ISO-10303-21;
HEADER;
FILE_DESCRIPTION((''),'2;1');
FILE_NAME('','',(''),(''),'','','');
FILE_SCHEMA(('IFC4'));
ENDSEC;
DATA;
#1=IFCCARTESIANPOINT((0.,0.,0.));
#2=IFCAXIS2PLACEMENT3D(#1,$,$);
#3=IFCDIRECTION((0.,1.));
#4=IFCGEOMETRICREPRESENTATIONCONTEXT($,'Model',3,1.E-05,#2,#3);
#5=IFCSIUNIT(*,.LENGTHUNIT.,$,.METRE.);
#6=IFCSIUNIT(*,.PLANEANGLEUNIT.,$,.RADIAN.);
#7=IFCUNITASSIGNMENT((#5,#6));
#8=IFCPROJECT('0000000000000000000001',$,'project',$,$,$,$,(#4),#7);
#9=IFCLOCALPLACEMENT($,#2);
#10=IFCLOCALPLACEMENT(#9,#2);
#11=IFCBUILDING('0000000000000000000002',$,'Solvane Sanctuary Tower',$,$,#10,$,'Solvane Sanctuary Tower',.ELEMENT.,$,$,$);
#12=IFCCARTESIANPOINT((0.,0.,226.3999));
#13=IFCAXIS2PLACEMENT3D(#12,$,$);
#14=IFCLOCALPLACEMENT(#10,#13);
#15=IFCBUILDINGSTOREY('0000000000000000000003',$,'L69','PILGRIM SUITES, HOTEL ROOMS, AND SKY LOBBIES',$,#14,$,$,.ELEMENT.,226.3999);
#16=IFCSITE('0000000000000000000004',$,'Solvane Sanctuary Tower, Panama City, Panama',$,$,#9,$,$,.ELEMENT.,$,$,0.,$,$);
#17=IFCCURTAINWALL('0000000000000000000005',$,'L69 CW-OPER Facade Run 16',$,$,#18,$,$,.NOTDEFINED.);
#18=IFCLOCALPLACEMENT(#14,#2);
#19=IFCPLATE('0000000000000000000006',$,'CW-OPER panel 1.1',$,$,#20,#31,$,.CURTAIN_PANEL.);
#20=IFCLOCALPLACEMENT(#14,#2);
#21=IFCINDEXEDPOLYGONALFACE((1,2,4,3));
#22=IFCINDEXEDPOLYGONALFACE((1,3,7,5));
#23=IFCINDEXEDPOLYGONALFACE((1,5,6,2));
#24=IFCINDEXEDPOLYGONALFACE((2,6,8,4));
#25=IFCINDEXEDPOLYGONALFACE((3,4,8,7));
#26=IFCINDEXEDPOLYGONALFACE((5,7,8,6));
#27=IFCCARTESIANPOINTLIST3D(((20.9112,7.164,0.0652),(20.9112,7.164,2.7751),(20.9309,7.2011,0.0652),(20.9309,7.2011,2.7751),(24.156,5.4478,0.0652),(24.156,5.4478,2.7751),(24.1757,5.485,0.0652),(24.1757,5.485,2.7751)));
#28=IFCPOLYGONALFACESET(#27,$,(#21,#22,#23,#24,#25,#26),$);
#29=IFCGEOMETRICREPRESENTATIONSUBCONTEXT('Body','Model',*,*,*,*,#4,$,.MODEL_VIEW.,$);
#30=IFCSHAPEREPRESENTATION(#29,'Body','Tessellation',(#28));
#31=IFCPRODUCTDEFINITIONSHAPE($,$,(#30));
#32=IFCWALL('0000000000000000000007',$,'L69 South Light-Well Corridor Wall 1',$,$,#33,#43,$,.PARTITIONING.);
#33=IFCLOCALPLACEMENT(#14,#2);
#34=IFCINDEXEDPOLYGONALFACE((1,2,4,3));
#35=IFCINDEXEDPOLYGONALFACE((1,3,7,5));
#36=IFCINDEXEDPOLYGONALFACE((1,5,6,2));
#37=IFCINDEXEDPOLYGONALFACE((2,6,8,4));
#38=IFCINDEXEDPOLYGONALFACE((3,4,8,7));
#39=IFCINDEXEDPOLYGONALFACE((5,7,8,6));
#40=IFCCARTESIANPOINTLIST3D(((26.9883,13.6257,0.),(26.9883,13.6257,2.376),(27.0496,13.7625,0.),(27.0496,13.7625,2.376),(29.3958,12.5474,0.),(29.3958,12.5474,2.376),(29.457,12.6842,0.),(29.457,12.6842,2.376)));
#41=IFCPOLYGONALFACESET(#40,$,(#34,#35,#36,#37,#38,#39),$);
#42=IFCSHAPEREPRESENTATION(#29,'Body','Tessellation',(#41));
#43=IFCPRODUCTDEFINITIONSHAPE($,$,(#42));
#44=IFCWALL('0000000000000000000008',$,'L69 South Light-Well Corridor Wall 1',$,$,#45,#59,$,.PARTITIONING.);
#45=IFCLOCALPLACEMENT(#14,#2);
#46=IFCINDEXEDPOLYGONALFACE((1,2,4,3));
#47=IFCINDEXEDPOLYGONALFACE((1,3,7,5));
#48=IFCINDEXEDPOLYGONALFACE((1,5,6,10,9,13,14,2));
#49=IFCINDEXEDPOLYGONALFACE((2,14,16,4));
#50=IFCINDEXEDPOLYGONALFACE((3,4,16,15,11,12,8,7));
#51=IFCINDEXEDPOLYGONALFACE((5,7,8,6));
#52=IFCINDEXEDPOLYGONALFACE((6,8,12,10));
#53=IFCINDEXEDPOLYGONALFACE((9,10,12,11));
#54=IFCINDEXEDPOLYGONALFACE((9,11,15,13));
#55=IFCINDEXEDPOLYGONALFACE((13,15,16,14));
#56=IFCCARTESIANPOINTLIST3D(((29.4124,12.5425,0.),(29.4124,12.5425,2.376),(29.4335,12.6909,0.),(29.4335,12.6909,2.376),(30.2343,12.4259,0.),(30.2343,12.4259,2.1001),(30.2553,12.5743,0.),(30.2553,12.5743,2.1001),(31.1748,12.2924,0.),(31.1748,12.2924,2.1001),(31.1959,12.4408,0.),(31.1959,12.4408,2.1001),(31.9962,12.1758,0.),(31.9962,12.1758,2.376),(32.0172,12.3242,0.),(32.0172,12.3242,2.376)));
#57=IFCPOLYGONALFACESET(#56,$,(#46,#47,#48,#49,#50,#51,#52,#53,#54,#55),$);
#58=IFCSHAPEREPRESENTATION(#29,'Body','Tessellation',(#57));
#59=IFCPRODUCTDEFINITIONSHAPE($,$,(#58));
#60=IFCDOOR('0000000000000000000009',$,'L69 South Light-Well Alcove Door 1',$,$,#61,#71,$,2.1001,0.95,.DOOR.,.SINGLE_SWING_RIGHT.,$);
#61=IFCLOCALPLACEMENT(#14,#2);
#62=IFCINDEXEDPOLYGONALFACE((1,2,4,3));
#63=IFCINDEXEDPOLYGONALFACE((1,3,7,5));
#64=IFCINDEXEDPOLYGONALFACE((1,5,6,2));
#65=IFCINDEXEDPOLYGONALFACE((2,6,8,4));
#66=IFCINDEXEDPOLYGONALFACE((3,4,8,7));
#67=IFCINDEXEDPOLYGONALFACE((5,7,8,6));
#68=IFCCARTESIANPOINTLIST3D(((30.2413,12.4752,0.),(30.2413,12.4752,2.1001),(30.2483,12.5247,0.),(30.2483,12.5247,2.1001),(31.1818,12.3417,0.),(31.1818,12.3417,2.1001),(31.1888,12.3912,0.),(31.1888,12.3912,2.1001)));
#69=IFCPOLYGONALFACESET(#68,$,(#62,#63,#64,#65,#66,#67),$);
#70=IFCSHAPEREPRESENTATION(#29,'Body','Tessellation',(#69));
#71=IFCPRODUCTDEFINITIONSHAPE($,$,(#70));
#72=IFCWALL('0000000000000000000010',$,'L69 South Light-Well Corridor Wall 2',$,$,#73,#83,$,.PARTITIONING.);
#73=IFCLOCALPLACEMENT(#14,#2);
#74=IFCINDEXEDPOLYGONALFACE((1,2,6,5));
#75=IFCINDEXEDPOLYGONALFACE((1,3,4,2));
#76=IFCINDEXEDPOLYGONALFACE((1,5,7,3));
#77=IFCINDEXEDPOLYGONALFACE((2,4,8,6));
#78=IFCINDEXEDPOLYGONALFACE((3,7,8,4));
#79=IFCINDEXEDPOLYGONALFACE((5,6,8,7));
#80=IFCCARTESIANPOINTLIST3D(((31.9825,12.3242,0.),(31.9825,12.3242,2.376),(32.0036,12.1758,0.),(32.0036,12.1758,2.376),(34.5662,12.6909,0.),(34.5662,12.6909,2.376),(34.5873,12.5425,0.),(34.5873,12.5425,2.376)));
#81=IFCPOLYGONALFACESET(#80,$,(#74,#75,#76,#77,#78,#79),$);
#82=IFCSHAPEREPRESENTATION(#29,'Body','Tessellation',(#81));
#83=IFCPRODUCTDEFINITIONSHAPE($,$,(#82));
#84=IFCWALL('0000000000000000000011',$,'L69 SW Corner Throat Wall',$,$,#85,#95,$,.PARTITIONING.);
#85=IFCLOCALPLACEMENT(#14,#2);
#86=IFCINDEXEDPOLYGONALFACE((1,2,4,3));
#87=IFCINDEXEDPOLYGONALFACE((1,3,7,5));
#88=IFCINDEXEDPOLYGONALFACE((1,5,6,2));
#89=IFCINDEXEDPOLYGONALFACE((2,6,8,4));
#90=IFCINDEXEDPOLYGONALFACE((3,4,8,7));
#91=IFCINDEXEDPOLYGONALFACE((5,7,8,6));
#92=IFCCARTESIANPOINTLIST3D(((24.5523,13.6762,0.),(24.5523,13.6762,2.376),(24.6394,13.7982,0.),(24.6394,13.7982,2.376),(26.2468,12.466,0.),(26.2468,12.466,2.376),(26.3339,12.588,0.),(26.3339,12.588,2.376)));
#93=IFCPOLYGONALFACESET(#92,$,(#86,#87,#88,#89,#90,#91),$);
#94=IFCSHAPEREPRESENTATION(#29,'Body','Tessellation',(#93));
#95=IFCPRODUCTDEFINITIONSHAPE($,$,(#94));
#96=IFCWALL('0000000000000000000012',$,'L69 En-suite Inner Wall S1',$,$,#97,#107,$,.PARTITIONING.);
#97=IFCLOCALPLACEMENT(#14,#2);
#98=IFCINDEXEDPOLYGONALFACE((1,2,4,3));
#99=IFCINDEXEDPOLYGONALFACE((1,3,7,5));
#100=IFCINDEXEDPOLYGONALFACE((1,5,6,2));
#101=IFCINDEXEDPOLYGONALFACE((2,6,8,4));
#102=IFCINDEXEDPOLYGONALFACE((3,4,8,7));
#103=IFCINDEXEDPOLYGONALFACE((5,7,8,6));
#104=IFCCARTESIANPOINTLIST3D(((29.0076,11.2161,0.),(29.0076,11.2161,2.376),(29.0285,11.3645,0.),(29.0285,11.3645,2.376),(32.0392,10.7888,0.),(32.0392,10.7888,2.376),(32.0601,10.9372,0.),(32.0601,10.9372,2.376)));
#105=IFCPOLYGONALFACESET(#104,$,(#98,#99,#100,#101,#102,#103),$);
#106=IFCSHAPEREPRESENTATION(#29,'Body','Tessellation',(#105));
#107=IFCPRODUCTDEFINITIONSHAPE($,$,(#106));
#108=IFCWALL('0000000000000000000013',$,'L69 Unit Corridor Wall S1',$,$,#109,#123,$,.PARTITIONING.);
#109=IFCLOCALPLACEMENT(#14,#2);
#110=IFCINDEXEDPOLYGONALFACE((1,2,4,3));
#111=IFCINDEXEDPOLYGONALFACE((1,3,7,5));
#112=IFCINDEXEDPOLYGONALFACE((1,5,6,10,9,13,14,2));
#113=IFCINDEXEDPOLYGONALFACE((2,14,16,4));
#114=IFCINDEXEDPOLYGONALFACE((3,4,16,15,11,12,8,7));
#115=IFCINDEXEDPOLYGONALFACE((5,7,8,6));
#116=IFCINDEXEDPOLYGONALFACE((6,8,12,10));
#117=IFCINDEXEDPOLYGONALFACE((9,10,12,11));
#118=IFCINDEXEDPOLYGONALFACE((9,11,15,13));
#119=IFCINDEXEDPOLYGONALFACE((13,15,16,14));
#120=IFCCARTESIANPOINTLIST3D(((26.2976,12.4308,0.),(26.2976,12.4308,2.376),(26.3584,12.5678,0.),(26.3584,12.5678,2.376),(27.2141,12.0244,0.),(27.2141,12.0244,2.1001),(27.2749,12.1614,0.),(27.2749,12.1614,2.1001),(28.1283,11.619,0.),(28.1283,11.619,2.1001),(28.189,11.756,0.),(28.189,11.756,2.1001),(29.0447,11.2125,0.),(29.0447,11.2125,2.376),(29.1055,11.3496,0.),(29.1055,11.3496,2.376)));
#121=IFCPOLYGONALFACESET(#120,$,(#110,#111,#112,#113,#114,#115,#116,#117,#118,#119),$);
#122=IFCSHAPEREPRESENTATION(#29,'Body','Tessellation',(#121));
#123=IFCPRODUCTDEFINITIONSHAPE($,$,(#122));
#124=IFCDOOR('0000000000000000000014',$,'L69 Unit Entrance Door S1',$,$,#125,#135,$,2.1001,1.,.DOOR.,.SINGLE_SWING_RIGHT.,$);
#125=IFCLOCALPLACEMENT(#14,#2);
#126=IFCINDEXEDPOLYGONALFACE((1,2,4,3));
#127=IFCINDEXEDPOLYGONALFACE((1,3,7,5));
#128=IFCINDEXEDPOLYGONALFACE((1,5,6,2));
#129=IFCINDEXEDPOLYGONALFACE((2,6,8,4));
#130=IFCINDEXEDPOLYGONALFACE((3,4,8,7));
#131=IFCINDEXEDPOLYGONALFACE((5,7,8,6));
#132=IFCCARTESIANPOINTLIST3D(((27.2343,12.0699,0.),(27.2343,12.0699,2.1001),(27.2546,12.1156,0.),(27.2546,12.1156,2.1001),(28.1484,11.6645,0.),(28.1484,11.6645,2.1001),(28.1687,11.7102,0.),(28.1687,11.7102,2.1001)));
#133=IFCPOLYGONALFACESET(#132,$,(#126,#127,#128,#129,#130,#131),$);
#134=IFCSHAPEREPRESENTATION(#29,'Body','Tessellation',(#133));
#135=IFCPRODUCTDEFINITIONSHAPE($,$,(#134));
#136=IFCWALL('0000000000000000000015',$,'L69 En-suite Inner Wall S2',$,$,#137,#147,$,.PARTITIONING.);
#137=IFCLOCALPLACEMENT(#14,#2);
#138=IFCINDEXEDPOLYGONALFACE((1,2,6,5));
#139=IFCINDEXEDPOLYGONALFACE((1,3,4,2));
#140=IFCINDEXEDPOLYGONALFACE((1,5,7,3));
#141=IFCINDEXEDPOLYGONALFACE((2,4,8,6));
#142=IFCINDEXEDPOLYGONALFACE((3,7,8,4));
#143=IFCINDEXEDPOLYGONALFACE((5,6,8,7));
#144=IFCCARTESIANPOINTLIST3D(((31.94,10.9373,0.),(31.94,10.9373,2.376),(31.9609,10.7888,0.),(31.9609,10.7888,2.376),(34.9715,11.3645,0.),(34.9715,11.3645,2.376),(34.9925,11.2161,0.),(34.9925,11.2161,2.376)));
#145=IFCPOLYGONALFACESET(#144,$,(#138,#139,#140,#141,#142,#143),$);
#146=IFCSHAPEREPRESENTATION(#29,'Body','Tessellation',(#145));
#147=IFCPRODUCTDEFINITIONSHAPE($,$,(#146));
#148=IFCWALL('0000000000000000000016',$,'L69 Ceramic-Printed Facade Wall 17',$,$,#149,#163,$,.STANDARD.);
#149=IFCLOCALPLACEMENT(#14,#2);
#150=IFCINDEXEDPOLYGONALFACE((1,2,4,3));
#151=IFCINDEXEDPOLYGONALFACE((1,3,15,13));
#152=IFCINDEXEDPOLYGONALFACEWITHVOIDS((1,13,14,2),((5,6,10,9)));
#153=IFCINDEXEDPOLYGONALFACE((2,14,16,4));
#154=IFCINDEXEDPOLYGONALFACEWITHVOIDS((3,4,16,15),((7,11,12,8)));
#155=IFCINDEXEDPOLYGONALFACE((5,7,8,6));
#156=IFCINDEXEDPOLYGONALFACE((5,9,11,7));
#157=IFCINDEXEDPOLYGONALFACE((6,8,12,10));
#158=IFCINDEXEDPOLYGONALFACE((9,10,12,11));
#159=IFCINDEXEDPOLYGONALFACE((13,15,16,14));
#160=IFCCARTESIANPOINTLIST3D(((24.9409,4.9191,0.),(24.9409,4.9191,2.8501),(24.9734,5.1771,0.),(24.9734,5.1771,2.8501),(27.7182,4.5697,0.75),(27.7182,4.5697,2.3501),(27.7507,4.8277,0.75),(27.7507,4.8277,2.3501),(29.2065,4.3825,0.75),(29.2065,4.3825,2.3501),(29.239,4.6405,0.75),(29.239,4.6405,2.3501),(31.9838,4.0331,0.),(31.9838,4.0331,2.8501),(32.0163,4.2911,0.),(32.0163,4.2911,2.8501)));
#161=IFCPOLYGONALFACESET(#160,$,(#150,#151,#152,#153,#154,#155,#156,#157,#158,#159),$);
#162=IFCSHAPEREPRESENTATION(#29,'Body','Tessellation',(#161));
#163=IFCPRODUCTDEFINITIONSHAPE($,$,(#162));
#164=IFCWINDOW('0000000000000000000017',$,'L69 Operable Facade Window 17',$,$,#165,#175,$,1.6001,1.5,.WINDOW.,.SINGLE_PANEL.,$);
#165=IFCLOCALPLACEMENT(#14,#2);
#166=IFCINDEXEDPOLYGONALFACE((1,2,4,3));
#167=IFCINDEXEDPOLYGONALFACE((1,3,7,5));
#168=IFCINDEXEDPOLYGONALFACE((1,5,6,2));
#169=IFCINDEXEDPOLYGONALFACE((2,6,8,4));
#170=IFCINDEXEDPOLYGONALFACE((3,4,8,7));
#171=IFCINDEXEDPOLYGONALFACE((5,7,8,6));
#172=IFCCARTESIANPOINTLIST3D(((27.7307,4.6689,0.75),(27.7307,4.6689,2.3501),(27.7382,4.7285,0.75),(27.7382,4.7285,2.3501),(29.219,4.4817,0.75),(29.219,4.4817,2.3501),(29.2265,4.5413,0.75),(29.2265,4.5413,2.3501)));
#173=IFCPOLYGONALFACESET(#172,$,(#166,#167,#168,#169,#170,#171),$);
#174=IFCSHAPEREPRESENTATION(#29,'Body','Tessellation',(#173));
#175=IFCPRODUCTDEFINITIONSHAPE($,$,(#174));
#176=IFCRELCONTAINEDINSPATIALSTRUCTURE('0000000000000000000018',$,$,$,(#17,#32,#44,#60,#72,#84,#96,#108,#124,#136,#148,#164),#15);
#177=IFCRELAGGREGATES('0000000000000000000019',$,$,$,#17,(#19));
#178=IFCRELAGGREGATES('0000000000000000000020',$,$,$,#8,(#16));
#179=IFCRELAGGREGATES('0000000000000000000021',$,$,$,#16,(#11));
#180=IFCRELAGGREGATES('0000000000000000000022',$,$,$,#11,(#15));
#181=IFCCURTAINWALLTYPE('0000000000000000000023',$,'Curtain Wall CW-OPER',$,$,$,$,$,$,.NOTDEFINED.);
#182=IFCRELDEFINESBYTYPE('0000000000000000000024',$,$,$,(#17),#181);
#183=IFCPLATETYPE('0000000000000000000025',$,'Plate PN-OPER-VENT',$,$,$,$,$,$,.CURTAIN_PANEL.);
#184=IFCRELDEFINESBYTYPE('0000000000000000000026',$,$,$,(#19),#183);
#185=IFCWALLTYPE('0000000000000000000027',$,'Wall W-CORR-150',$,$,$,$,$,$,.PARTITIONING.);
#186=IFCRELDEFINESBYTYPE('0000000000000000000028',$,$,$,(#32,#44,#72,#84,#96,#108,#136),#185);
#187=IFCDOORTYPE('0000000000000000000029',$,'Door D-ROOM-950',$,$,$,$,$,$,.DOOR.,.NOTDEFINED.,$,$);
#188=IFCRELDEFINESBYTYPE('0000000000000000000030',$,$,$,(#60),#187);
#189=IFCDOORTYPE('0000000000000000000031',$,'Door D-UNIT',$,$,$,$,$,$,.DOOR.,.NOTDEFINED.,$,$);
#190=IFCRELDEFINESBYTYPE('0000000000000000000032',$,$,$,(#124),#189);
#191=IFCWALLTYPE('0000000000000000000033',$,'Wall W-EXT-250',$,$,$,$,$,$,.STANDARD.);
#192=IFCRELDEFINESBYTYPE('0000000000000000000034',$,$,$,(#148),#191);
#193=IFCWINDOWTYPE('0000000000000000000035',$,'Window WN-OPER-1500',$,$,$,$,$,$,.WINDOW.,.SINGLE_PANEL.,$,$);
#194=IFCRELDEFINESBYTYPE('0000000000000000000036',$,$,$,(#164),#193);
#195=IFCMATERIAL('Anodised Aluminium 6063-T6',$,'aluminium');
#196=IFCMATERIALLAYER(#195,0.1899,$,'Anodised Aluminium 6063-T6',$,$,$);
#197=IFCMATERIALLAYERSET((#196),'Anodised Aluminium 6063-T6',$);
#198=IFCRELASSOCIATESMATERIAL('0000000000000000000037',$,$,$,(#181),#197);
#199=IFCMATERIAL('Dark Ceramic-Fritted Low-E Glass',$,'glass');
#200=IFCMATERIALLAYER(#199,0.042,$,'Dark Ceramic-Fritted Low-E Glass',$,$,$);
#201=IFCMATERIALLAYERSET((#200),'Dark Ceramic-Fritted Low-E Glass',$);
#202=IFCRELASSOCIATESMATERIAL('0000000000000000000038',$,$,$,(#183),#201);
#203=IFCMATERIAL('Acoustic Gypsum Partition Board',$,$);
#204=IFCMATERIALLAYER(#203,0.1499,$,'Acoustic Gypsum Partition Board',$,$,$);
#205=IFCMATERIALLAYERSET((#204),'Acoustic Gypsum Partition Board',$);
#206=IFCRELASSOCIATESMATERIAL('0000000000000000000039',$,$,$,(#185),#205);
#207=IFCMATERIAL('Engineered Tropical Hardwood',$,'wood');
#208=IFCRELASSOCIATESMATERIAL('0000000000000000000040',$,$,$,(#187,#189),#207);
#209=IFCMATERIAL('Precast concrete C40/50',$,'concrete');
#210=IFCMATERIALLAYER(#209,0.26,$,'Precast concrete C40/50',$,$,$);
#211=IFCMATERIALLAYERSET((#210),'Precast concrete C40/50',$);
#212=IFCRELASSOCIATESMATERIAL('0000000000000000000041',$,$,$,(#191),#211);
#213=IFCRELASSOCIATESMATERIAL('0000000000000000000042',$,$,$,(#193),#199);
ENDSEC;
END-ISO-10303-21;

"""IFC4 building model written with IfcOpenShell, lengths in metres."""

from ifc_helpers import new_model, si_unit, direction, frame, frame_2d, origin, origin_2d, place, context, subcontext, project, spatial, rectangle, extrude, material, layer, layer_set, type_object, element, fill, aggregate, save


model = new_model("IFC4")

# Units and contexts
model_context = context("Model", 3, precision=1e-05, world=origin(), true_north=direction((0.0, 1.0)))
body_context = subcontext(model_context, "Body", "Model", "MODEL_VIEW")
ifc_project = project(units=[si_unit("LENGTHUNIT", "METRE"), si_unit("PLANEANGLEUNIT", "RADIAN")], contexts=[model_context])

# Site, building, storey
site_placement = place(None, origin())
site = spatial("IfcSite", under=ifc_project, at=site_placement, Name="Solvane Sanctuary Tower, Panama City, Panama", CompositionType="ELEMENT", RefElevation=0.0)
building_placement = place(site_placement, origin())
building = spatial("IfcBuilding", under=site, at=building_placement, Name="Solvane Sanctuary Tower", LongName="Solvane Sanctuary Tower", CompositionType="ELEMENT")
storey_placement = place(building_placement, frame((0.0, 0.0, 226.3999)))
storey = spatial("IfcBuildingStorey", under=building, at=storey_placement, Name="L69", Description="PILGRIM SUITES, HOTEL ROOMS, AND SKY LOBBIES", CompositionType="ELEMENT", Elevation=226.3999)

# Curtain wall, plate
ifc_material_1 = material(Name="Anodised Aluminium 6063-T6", Category="aluminium")
ifc_layer_1 = layer(ifc_material_1, 0.1899, Name="Anodised Aluminium 6063-T6")
ifc_layer_set_1 = layer_set([ifc_layer_1], Name="Anodised Aluminium 6063-T6")
curtain_wall_type = type_object("IfcCurtainWallType", Name="Curtain Wall CW-OPER", PredefinedType="NOTDEFINED", material=ifc_layer_set_1)
curtain_wall_placement = place(storey_placement, origin())
curtain_wall = element("IfcCurtainWall", 1, at=curtain_wall_placement, inside=storey, type_object=curtain_wall_type, Name="L69 CW-OPER Facade Run 16", PredefinedType="NOTDEFINED")
ifc_material_2 = material(Name="Dark Ceramic-Fritted Low-E Glass", Category="glass")
ifc_layer_2 = layer(ifc_material_2, 0.042, Name="Dark Ceramic-Fritted Low-E Glass")
ifc_layer_set_2 = layer_set([ifc_layer_2], Name="Dark Ceramic-Fritted Low-E Glass")
plate_type = type_object("IfcPlateType", Name="Plate PN-OPER-VENT", PredefinedType="CURTAIN_PANEL", material=ifc_layer_set_2)
plate_placement = place(storey_placement, frame((22.5435, 6.3245, 0.0652), z_axis=(0.0, 0.0, 1.0), x_axis=(0.883981, -0.467523, 0.0)))
plate = element("IfcPlate", 2, at=plate_placement, type_object=plate_type, Name="CW-OPER panel 1.1", PredefinedType="CURTAIN_PANEL", context=body_context, shape_type="SweptSolid", body=[
    extrude(rectangle(XDim=3.6707, YDim=0.042, at=origin_2d()), origin(), (0.0, 0.0, 1.0), 2.71),
])
aggregate(curtain_wall, [plate])

# Wall
ifc_material_3 = material(Name="Acoustic Gypsum Partition Board")
ifc_layer_3 = layer(ifc_material_3, 0.1499, Name="Acoustic Gypsum Partition Board")
ifc_layer_set_3 = layer_set([ifc_layer_3], Name="Acoustic Gypsum Partition Board")
wall_type_1 = type_object("IfcWallType", Name="Wall W-CORR-150", PredefinedType="PARTITIONING", material=ifc_layer_set_3)
wall_1_placement = place(storey_placement, frame((27.019, 13.6941, 0.0), z_axis=(0.0, 0.0, 1.0), x_axis=(0.912628, -0.40879, 0.0)))
element("IfcWall", 3, at=wall_1_placement, inside=storey, type_object=wall_type_1, Name="L69 South Light-Well Corridor Wall 1", PredefinedType="PARTITIONING", context=body_context, shape_type="SweptSolid", body=[
    extrude(rectangle(XDim=2.6379, YDim=0.1499, at=frame_2d((1.3188, 0.0))), origin(), (0.0, 0.0, 1.0), 2.376),
])

# Wall, opening, door
wall_2_placement = place(storey_placement, frame((29.4231, 12.6167, 0.0), z_axis=(0.0, 0.0, 1.0), x_axis=(0.990078, -0.140518, 0.0)))
wall_2 = element("IfcWall", 4, at=wall_2_placement, inside=storey, type_object=wall_type_1, Name="L69 South Light-Well Corridor Wall 1", PredefinedType="PARTITIONING", context=body_context, shape_type="SweptSolid", body=[
    extrude(rectangle(XDim=2.6096, YDim=0.1499, at=frame_2d((1.3047, 0.0))), origin(), (0.0, 0.0, 1.0), 2.376),
])
opening_1_placement = place(wall_2_placement, frame((0.8298, 0.0, 0.0)))
opening_1 = element("IfcOpeningElement", 5, at=opening_1_placement, cuts=wall_2, PredefinedType="OPENING", context=body_context, shape_type="SweptSolid", body=[
    extrude(rectangle(XDim=0.95, YDim=2.1001, at=frame_2d((0.4751, 1.05))), frame((0.0, 0.085, 0.0), z_axis=(0.0, -1.0, 0.0), x_axis=(1.0, 0.0, 0.0)), (0.0, 0.0, 1.0), 0.1699),
])
ifc_material_4 = material(Name="Engineered Tropical Hardwood", Category="wood")
door_type_1 = type_object("IfcDoorType", Name="Door D-ROOM-950", OperationType="NOTDEFINED", PredefinedType="DOOR", material=ifc_material_4)
door_1_placement = place(opening_1_placement, origin())
door_1 = element("IfcDoor", 6, at=door_1_placement, inside=storey, type_object=door_type_1, Name="L69 South Light-Well Alcove Door 1", OperationType="SINGLE_SWING_RIGHT", OverallHeight=2.1001, OverallWidth=0.95, PredefinedType="DOOR", context=body_context, shape_type="SweptSolid", body=[
    extrude(rectangle(XDim=0.95, YDim=2.1001, at=frame_2d((0.4751, 1.05))), frame((0.0, 0.0249, 0.0), z_axis=(0.0, -1.0, 0.0), x_axis=(1.0, 0.0, 0.0)), (0.0, 0.0, 1.0), 0.05),
])
fill(opening_1, door_1)

# Walls
wall_3_placement = place(storey_placement, frame((31.9932, 12.25, 0.0), z_axis=(0.0, 0.0, 1.0), x_axis=(0.990078, 0.140518, 0.0)))
element("IfcWall", 7, at=wall_3_placement, inside=storey, type_object=wall_type_1, Name="L69 South Light-Well Corridor Wall 2", PredefinedType="PARTITIONING", context=body_context, shape_type="SweptSolid", body=[
    extrude(rectangle(XDim=2.6096, YDim=0.1499, at=frame_2d((1.3047, 0.0))), origin(), (0.0, 0.0, 1.0), 2.376),
])
wall_4_placement = place(storey_placement, frame((26.2903, 12.5271, 0.0), z_axis=(0.0, 0.0, 1.0), x_axis=(-0.813781, 0.581172, 0.0)))
element("IfcWall", 8, at=wall_4_placement, inside=storey, type_object=wall_type_1, Name="L69 SW Corner Throat Wall", PredefinedType="PARTITIONING", context=body_context, shape_type="SweptSolid", body=[
    extrude(rectangle(XDim=2.0823, YDim=0.1499, at=frame_2d((1.041, 0.0))), origin(), (0.0, 0.0, 1.0), 2.376),
])
wall_5_placement = place(storey_placement, frame((29.0181, 11.2903, 0.0), z_axis=(0.0, 0.0, 1.0), x_axis=(0.990214, -0.139557, 0.0)))
element("IfcWall", 9, at=wall_5_placement, inside=storey, type_object=wall_type_1, Name="L69 En-suite Inner Wall S1", PredefinedType="PARTITIONING", context=body_context, shape_type="SweptSolid", body=[
    extrude(rectangle(XDim=3.0615, YDim=0.1499, at=frame_2d((1.5308, 0.0))), origin(), (0.0, 0.0, 1.0), 2.376),
])

# Wall, opening, door
wall_6_placement = place(storey_placement, frame((26.3281, 12.4993, 0.0), z_axis=(0.0, 0.0, 1.0), x_axis=(0.91414, -0.4054, 0.0)))
wall_6 = element("IfcWall", 10, at=wall_6_placement, inside=storey, type_object=wall_type_1, Name="L69 Unit Corridor Wall S1", PredefinedType="PARTITIONING", context=body_context, shape_type="SweptSolid", body=[
    extrude(rectangle(XDim=3.0051, YDim=0.1499, at=frame_2d((1.5024, 0.0))), origin(), (0.0, 0.0, 1.0), 2.376),
])
opening_2_placement = place(wall_6_placement, frame((1.0024, 0.0, 0.0)))
opening_2 = element("IfcOpeningElement", 11, at=opening_2_placement, cuts=wall_6, PredefinedType="OPENING", context=body_context, shape_type="SweptSolid", body=[
    extrude(rectangle(XDim=1.0, YDim=2.1001, at=frame_2d((0.5, 1.05))), frame((0.0, 0.085, 0.0), z_axis=(0.0, -1.0, 0.0), x_axis=(1.0, 0.0, 0.0)), (0.0, 0.0, 1.0), 0.1699),
])
door_type_2 = type_object("IfcDoorType", Name="Door D-UNIT", OperationType="NOTDEFINED", PredefinedType="DOOR", material=ifc_material_4)
door_2_placement = place(opening_2_placement, origin())
door_2 = element("IfcDoor", 12, at=door_2_placement, inside=storey, type_object=door_type_2, Name="L69 Unit Entrance Door S1", OperationType="SINGLE_SWING_RIGHT", OverallHeight=2.1001, OverallWidth=1.0, PredefinedType="DOOR", context=body_context, shape_type="SweptSolid", body=[
    extrude(rectangle(XDim=1.0, YDim=2.1001, at=frame_2d((0.5, 1.05))), frame((0.0, 0.0249, 0.0), z_axis=(0.0, -1.0, 0.0), x_axis=(1.0, 0.0, 0.0)), (0.0, 0.0, 1.0), 0.05),
])
fill(opening_2, door_2)

# Wall
wall_7_placement = place(storey_placement, frame((31.9504, 10.863, 0.0), z_axis=(0.0, 0.0, 1.0), x_axis=(0.990214, 0.139557, 0.0)))
element("IfcWall", 13, at=wall_7_placement, inside=storey, type_object=wall_type_1, Name="L69 En-suite Inner Wall S2", PredefinedType="PARTITIONING", context=body_context, shape_type="SweptSolid", body=[
    extrude(rectangle(XDim=3.0615, YDim=0.1499, at=frame_2d((1.5308, 0.0))), origin(), (0.0, 0.0, 1.0), 2.376),
])

# Wall, opening, window
ifc_material_5 = material(Name="Precast concrete C40/50", Category="concrete")
ifc_layer_4 = layer(ifc_material_5, 0.26, Name="Precast concrete C40/50")
ifc_layer_set_4 = layer_set([ifc_layer_4], Name="Precast concrete C40/50")
wall_type_2 = type_object("IfcWallType", Name="Wall W-EXT-250", PredefinedType="STANDARD", material=ifc_layer_set_4)
wall_8_placement = place(storey_placement, frame((24.957, 5.0481, 0.0), z_axis=(0.0, 0.0, 1.0), x_axis=(0.99218, -0.124814, 0.0)))
wall_8 = element("IfcWall", 14, at=wall_8_placement, inside=storey, type_object=wall_type_2, Name="L69 Ceramic-Printed Facade Wall 17", PredefinedType="STANDARD", context=body_context, shape_type="SweptSolid", body=[
    extrude(rectangle(XDim=7.0984, YDim=0.26, at=frame_2d((3.5493, 0.0))), origin(), (0.0, 0.0, 1.0), 2.8501),
])
opening_3_placement = place(wall_8_placement, frame((2.7993, 0.0, 0.75)))
opening_3 = element("IfcOpeningElement", 15, at=opening_3_placement, cuts=wall_8, PredefinedType="OPENING", context=body_context, shape_type="SweptSolid", body=[
    extrude(rectangle(XDim=1.5, YDim=1.6001, at=frame_2d((0.75, 0.8))), frame((0.0, 0.1399, 0.0), z_axis=(0.0, -1.0, 0.0), x_axis=(1.0, 0.0, 0.0)), (0.0, 0.0, 1.0), 0.28),
])
window_type = type_object("IfcWindowType", Name="Window WN-OPER-1500", PartitioningType="SINGLE_PANEL", PredefinedType="WINDOW", material=ifc_material_2)
window_placement = place(opening_3_placement, origin())
window = element("IfcWindow", 16, at=window_placement, inside=storey, type_object=window_type, Name="L69 Operable Facade Window 17", OverallHeight=1.6001, OverallWidth=1.5, PartitioningType="SINGLE_PANEL", PredefinedType="WINDOW", context=body_context, shape_type="SweptSolid", body=[
    extrude(rectangle(XDim=1.5, YDim=1.6001, at=frame_2d((0.75, 0.8))), frame((0.0, 0.03, 0.0), z_axis=(0.0, -1.0, 0.0), x_axis=(1.0, 0.0, 0.0)), (0.0, 0.0, 1.0), 0.0601),
])
fill(opening_3, window)

save(model, "model.ifc")
